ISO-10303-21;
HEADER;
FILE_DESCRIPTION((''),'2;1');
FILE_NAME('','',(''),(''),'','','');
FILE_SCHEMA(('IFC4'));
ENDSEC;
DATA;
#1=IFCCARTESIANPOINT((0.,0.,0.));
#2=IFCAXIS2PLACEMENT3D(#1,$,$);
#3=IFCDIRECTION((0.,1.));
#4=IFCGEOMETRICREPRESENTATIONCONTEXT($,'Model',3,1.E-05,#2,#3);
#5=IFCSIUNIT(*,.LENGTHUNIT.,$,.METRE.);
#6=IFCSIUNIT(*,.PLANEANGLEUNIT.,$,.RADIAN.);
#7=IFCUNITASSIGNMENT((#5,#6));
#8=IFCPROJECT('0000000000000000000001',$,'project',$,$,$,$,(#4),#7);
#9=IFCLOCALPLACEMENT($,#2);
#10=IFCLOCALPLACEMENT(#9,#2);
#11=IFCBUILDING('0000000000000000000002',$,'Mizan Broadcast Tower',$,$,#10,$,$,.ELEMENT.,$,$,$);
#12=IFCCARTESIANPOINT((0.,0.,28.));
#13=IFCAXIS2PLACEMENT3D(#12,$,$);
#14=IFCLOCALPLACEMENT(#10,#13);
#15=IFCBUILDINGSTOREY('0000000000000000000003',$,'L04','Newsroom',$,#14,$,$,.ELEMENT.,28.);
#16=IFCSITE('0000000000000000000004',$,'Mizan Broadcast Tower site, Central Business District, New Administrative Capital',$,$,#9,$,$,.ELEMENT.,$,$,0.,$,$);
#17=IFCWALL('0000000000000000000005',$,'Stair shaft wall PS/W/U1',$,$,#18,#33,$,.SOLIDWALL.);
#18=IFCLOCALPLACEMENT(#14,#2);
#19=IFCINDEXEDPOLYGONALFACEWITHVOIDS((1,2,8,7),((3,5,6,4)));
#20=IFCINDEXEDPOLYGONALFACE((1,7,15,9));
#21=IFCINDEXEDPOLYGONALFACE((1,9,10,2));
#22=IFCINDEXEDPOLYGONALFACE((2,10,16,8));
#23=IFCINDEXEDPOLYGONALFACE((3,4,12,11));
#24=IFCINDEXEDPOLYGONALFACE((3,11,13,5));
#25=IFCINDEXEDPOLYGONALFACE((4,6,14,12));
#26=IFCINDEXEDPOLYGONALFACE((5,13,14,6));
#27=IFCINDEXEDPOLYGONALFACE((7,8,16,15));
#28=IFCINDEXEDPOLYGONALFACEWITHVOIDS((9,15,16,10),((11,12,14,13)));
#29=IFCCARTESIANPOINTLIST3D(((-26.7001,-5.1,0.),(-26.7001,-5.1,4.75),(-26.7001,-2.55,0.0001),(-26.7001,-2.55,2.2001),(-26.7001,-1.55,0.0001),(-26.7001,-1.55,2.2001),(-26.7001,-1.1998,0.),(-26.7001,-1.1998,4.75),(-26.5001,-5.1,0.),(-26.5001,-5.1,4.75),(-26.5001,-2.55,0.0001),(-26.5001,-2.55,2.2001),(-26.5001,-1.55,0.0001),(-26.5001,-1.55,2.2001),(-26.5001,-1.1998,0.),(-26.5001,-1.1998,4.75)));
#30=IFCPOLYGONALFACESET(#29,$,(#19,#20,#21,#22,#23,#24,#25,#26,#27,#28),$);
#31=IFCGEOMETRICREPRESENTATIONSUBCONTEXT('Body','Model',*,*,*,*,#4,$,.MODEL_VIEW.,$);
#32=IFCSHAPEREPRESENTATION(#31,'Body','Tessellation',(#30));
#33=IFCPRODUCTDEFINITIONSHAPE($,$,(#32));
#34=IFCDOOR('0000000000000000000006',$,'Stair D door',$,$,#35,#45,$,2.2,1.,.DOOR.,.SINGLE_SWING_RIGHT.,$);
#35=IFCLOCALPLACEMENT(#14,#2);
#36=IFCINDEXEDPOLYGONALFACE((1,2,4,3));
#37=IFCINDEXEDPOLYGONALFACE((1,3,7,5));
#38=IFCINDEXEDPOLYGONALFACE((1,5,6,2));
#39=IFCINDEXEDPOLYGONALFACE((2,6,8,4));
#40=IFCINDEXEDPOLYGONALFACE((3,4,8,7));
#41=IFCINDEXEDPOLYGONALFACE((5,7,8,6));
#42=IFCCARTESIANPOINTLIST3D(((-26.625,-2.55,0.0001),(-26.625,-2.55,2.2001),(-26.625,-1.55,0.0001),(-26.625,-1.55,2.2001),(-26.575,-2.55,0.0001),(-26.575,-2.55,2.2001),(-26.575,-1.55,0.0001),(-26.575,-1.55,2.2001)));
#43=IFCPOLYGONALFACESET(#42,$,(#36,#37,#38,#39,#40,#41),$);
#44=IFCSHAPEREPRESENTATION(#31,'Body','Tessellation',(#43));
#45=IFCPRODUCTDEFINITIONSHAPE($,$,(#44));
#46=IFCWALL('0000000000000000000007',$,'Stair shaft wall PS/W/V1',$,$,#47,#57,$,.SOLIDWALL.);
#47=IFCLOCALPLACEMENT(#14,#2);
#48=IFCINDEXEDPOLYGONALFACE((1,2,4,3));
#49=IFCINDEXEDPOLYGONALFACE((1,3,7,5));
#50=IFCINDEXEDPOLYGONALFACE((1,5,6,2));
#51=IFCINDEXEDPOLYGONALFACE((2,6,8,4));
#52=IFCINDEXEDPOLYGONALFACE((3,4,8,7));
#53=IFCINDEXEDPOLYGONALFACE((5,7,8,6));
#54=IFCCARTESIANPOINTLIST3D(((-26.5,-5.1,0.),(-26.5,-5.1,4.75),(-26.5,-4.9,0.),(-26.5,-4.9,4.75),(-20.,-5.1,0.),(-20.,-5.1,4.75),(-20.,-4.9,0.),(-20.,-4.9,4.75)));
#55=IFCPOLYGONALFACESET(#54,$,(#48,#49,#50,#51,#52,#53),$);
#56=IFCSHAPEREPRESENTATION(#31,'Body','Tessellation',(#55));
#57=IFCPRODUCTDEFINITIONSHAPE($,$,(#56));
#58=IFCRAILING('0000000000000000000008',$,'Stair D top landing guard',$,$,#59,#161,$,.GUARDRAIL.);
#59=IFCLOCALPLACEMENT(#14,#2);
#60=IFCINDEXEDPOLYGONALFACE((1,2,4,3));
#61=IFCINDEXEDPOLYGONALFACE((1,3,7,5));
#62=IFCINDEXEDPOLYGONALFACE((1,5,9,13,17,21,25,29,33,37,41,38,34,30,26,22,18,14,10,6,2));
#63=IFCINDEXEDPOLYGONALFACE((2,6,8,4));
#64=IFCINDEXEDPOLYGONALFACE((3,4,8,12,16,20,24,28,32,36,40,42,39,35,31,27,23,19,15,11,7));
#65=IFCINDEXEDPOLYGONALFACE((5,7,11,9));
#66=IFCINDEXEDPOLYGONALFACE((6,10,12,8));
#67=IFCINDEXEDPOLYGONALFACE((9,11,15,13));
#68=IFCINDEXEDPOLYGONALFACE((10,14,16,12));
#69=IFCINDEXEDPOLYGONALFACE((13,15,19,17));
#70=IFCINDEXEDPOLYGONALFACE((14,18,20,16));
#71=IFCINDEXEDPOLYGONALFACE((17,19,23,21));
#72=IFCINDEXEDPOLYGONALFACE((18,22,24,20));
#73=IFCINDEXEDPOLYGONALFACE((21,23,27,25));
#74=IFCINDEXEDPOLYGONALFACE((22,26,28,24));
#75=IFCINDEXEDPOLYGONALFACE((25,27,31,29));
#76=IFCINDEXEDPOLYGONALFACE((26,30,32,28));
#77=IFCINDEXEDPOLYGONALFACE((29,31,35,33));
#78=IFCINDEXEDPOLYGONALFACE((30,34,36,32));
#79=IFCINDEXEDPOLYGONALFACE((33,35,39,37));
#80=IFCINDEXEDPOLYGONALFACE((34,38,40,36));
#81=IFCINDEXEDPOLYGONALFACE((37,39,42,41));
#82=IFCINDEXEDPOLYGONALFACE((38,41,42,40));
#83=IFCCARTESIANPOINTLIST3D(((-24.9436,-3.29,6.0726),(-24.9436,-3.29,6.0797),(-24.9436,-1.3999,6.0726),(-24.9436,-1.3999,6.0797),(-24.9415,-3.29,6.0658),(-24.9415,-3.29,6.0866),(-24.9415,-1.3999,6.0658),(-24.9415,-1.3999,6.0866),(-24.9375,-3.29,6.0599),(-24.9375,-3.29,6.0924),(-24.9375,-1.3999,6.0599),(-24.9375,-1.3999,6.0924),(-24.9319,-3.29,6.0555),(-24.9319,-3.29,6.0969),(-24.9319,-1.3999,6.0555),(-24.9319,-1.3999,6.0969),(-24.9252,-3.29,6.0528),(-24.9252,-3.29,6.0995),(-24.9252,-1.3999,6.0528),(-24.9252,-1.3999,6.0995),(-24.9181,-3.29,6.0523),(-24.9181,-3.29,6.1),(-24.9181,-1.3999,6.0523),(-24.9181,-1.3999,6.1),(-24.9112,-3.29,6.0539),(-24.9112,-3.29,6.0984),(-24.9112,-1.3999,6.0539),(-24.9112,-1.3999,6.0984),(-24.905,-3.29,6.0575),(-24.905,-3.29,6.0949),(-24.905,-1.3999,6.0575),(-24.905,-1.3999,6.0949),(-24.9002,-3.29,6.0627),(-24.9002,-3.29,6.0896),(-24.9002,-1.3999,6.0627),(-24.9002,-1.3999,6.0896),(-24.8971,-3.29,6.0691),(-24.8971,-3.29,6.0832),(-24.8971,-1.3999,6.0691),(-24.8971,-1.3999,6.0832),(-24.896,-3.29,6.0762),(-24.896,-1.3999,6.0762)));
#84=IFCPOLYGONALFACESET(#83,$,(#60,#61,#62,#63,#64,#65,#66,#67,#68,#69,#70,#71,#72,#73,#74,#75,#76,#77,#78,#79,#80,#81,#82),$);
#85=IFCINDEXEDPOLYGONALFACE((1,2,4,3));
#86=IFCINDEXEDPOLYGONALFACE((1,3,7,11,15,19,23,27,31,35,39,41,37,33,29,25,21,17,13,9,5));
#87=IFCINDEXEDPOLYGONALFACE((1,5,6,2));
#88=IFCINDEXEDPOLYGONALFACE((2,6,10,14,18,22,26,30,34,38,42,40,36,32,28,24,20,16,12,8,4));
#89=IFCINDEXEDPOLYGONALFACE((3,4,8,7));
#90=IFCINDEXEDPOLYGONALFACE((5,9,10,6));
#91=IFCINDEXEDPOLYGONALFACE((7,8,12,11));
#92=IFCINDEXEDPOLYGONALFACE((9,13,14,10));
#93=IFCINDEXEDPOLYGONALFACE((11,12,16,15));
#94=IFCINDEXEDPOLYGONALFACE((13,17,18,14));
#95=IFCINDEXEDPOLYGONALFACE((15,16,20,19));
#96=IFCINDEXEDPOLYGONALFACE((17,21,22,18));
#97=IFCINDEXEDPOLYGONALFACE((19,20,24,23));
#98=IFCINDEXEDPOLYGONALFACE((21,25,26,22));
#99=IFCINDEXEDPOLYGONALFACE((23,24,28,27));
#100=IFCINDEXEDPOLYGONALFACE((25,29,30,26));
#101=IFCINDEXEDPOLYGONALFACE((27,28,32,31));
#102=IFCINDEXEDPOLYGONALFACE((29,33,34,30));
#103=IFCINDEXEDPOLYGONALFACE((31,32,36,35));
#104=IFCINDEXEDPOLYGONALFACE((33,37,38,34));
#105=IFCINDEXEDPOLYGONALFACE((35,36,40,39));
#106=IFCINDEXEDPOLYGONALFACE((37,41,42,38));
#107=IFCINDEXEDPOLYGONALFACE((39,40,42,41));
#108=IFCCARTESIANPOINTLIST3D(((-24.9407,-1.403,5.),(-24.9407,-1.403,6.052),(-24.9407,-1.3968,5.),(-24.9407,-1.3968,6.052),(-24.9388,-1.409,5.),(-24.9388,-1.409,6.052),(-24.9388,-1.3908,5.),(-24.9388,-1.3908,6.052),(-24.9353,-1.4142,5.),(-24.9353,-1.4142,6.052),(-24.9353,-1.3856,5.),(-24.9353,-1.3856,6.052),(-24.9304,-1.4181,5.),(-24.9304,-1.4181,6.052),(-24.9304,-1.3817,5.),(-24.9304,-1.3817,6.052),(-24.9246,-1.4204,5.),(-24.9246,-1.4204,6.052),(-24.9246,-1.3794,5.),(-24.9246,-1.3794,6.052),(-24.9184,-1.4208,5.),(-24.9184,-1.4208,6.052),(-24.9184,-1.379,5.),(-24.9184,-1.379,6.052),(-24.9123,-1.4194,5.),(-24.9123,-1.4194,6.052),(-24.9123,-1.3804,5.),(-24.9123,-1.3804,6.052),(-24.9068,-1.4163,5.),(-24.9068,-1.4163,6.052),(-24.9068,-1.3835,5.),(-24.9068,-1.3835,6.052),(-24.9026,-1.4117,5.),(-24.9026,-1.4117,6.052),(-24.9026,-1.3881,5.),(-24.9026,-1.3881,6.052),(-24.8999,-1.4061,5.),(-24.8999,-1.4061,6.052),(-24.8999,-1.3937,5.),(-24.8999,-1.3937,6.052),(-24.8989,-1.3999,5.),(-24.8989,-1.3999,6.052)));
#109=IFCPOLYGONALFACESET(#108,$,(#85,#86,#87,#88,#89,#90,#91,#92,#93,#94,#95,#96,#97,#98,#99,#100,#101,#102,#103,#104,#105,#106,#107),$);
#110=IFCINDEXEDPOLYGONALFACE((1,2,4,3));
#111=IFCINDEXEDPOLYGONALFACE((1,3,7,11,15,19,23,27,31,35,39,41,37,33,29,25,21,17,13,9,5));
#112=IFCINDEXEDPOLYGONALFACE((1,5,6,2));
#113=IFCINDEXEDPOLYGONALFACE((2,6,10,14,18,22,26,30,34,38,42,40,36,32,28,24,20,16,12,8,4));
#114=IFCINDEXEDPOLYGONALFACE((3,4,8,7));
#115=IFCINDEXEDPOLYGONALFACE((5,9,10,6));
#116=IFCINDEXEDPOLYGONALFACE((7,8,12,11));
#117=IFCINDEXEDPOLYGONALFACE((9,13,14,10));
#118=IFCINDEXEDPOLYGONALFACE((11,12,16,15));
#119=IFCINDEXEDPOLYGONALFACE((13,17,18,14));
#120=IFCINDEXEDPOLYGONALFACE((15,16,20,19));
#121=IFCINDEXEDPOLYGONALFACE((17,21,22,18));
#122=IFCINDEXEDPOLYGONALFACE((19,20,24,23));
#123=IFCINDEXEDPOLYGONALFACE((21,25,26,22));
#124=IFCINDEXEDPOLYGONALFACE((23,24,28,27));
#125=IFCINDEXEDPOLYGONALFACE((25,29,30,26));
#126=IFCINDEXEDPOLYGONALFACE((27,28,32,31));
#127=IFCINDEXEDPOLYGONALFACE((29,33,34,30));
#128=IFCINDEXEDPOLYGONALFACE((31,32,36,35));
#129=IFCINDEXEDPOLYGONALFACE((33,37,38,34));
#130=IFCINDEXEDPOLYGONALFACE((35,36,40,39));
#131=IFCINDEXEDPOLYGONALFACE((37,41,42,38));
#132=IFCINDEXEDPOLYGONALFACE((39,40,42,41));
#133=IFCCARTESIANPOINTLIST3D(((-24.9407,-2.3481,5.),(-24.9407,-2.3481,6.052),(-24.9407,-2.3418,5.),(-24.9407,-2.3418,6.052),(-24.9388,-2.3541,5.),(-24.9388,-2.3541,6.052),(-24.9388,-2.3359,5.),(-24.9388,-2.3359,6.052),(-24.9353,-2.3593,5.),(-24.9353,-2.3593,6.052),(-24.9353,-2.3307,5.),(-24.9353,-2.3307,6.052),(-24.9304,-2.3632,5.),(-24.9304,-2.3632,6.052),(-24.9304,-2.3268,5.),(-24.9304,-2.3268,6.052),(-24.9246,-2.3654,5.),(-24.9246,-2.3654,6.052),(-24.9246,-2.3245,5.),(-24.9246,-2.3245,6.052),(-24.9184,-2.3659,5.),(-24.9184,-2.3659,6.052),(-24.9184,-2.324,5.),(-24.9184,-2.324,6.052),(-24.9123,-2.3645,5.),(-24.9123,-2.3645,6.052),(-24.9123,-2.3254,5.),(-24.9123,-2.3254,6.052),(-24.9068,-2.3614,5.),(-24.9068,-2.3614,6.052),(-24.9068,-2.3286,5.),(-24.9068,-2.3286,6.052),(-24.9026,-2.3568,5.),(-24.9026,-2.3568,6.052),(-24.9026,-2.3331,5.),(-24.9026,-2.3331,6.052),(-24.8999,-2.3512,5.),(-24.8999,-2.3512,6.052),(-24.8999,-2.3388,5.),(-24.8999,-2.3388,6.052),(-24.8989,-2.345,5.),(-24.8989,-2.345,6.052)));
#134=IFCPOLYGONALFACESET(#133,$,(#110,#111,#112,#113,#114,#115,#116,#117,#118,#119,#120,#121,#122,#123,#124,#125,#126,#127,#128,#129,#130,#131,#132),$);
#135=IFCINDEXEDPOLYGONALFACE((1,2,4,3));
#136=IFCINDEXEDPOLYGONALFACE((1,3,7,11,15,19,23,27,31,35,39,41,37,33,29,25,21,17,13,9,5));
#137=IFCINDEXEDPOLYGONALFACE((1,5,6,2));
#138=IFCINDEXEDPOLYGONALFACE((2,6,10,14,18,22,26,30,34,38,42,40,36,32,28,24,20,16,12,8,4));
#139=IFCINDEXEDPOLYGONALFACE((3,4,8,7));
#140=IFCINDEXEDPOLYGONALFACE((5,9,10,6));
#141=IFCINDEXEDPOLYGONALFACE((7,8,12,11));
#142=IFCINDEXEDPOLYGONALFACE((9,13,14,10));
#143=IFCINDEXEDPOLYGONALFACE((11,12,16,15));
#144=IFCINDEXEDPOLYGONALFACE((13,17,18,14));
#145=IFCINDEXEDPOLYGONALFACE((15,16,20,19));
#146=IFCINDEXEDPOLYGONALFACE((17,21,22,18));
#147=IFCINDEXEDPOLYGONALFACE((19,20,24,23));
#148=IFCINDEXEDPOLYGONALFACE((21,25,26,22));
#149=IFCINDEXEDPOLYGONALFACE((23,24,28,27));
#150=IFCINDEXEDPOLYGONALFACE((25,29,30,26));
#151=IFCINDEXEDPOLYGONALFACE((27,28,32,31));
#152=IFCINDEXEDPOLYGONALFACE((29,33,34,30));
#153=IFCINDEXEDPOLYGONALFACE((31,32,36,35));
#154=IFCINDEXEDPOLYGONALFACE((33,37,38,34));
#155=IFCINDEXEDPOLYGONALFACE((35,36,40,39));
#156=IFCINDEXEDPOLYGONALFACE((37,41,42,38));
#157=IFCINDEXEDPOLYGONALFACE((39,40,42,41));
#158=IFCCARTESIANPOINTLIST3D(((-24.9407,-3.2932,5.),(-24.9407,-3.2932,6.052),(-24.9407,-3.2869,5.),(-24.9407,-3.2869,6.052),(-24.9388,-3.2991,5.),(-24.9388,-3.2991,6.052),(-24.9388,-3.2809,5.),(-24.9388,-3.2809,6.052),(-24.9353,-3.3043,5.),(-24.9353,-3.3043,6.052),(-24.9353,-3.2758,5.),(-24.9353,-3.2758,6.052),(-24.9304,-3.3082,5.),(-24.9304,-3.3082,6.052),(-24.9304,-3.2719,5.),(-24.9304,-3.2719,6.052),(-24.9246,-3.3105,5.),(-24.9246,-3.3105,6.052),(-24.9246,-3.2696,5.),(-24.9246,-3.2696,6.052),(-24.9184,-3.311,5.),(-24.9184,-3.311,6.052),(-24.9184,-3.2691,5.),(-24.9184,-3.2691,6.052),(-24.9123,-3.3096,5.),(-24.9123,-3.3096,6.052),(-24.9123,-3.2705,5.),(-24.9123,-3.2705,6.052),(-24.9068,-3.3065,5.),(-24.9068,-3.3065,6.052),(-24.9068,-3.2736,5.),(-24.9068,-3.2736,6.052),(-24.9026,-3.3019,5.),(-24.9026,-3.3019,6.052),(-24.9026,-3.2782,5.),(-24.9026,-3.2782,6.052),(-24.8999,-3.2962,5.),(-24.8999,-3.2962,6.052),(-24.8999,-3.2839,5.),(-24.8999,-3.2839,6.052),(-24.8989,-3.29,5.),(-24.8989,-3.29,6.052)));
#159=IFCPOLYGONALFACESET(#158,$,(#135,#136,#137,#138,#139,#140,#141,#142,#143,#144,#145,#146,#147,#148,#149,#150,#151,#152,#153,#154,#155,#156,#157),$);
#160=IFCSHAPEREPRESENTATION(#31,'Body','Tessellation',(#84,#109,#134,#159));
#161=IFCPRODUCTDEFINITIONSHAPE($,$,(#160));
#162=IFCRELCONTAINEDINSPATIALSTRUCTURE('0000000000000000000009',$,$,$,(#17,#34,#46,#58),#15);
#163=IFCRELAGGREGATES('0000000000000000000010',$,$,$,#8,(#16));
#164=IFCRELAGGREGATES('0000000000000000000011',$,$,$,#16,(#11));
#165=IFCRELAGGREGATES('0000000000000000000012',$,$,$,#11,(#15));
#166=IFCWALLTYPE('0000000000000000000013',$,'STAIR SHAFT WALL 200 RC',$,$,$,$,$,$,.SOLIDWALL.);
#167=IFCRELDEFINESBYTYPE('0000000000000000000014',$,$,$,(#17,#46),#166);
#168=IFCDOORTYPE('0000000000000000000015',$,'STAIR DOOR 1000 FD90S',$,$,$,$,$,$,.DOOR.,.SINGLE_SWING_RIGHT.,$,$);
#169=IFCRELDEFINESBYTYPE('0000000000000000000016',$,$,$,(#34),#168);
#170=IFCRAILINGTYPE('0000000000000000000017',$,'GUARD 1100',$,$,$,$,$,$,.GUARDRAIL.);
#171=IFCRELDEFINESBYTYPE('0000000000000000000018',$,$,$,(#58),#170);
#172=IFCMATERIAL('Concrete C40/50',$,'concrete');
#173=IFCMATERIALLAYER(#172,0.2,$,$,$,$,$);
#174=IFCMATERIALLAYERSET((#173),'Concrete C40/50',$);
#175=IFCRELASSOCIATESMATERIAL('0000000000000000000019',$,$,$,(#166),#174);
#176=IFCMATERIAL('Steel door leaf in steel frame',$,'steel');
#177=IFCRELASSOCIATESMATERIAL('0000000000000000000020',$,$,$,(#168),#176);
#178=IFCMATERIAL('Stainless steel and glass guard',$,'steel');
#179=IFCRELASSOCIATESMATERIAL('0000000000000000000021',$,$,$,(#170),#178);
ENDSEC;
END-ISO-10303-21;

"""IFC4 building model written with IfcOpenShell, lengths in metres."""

from ifc_helpers import new_model, si_unit, direction, frame, frame_2d, origin, origin_2d, place, context, subcontext, project, spatial, rectangle, circle, extrude, material, layer, layer_set, type_object, element, fill, save


model = new_model("IFC4")

# Units and contexts
model_context = context("Model", 3, precision=1e-05, world=origin(), true_north=direction((0.0, 1.0)))
body_context = subcontext(model_context, "Body", "Model", "MODEL_VIEW")
ifc_project = project(units=[si_unit("LENGTHUNIT", "METRE"), si_unit("PLANEANGLEUNIT", "RADIAN")], contexts=[model_context])

# Site, building, storey
site_placement = place(None, origin())
site = spatial("IfcSite", under=ifc_project, at=site_placement, Name="Mizan Broadcast Tower site, Central Business District, New Administrative Capital", CompositionType="ELEMENT", RefElevation=0.0)
building_placement = place(site_placement, origin())
building = spatial("IfcBuilding", under=site, at=building_placement, Name="Mizan Broadcast Tower", CompositionType="ELEMENT")
storey_placement = place(building_placement, frame((0.0, 0.0, 28.0)))
storey = spatial("IfcBuildingStorey", under=building, at=storey_placement, Name="L04", Description="Newsroom", CompositionType="ELEMENT", Elevation=28.0)

# Wall, opening, door
ifc_material_1 = material(Name="Concrete C40/50", Category="concrete")
ifc_layer_1 = layer(ifc_material_1, 0.2)
ifc_layer_set_1 = layer_set([ifc_layer_1], Name="Concrete C40/50")
wall_type_1 = type_object("IfcWallType", Name="STAIR SHAFT WALL 200 RC", PredefinedType="SOLIDWALL", material=ifc_layer_set_1)
wall_1_placement = place(storey_placement, frame((-26.6001, -5.1001, 0.0), z_axis=(0.0, 0.0, 1.0), x_axis=(0.0, 1.0, 0.0)))
wall_1 = element("IfcWall", 1, at=wall_1_placement, inside=storey, type_object=wall_type_1, Name="Stair shaft wall PS/W/U1", PredefinedType="SOLIDWALL", context=body_context, shape_type="SweptSolid", body=[
    extrude(rectangle(XDim=3.9001, YDim=0.2, at=frame_2d((1.9502, 0.0))), origin(), (0.0, 0.0, 1.0), 4.75),
])
opening_placement = place(wall_1_placement, frame((2.55, 0.0, 0.0)))
opening = element("IfcOpeningElement", 2, at=opening_placement, cuts=wall_1, PredefinedType="OPENING", context=body_context, shape_type="SweptSolid", body=[
    extrude(rectangle(XDim=1.0, YDim=2.2, at=frame_2d((0.5, 1.1001))), frame((0.0, 0.1099, 0.0), z_axis=(0.0, -1.0, 0.0), x_axis=(1.0, 0.0, 0.0)), (0.0, 0.0, 1.0), 0.22),
])
ifc_material_2 = material(Name="Steel door leaf in steel frame", Category="steel")
door_type = type_object("IfcDoorType", Name="STAIR DOOR 1000 FD90S", OperationType="SINGLE_SWING_RIGHT", PredefinedType="DOOR", material=ifc_material_2)
door_placement = place(opening_placement, origin())
door = element("IfcDoor", 3, at=door_placement, inside=storey, type_object=door_type, Name="Stair D door", OperationType="SINGLE_SWING_RIGHT", OverallHeight=2.2, OverallWidth=1.0, PredefinedType="DOOR", context=body_context, shape_type="SweptSolid", body=[
    extrude(rectangle(XDim=1.0, YDim=2.2, at=frame_2d((0.5, 1.1001))), frame((0.0, 0.0249, 0.0), z_axis=(0.0, -1.0, 0.0), x_axis=(1.0, 0.0, 0.0)), (0.0, 0.0, 1.0), 0.05),
])
fill(opening, door)

# Wall
wall_2_placement = place(storey_placement, frame((-26.5, -5.0, 0.0), z_axis=(0.0, 0.0, 1.0), x_axis=(1.0, 0.0, 0.0)))
element("IfcWall", 4, at=wall_2_placement, inside=storey, type_object=wall_type_1, Name="Stair shaft wall PS/W/V1", PredefinedType="SOLIDWALL", context=body_context, shape_type="SweptSolid", body=[
    extrude(rectangle(XDim=6.5, YDim=0.2, at=frame_2d((3.25, 0.0))), origin(), (0.0, 0.0, 1.0), 4.75),
])

# Railing
ifc_material_3 = material(Name="Stainless steel and glass guard", Category="steel")
railing_type_1 = type_object("IfcRailingType", Name="GUARD 1100", PredefinedType="GUARDRAIL", material=ifc_material_3)
railing_1_placement = place(storey_placement, frame((-24.9199, -1.3999, 5.0)))
element("IfcRailing", 5, at=railing_1_placement, inside=storey, type_object=railing_type_1, Name="Stair D top landing guard", PredefinedType="GUARDRAIL", context=body_context, shape_type="SweptSolid", body=[
    extrude(circle(Radius=0.0239, at=origin_2d()), frame((0.0, 0.0, 1.0762), z_axis=(0.0, -1.0, 0.0), x_axis=(1.0, 0.0, 0.0)), (0.0, 0.0, 1.0), 1.8901),
    extrude(circle(Radius=0.021, at=origin_2d()), origin(), (0.0, 0.0, 1.0), 1.052),
    extrude(circle(Radius=0.021, at=origin_2d()), frame((0.0, -0.9451, 0.0)), (0.0, 0.0, 1.0), 1.052),
    extrude(circle(Radius=0.021, at=origin_2d()), frame((0.0, -1.8901, 0.0)), (0.0, 0.0, 1.0), 1.052),
])

save(model, "model.ifc")
